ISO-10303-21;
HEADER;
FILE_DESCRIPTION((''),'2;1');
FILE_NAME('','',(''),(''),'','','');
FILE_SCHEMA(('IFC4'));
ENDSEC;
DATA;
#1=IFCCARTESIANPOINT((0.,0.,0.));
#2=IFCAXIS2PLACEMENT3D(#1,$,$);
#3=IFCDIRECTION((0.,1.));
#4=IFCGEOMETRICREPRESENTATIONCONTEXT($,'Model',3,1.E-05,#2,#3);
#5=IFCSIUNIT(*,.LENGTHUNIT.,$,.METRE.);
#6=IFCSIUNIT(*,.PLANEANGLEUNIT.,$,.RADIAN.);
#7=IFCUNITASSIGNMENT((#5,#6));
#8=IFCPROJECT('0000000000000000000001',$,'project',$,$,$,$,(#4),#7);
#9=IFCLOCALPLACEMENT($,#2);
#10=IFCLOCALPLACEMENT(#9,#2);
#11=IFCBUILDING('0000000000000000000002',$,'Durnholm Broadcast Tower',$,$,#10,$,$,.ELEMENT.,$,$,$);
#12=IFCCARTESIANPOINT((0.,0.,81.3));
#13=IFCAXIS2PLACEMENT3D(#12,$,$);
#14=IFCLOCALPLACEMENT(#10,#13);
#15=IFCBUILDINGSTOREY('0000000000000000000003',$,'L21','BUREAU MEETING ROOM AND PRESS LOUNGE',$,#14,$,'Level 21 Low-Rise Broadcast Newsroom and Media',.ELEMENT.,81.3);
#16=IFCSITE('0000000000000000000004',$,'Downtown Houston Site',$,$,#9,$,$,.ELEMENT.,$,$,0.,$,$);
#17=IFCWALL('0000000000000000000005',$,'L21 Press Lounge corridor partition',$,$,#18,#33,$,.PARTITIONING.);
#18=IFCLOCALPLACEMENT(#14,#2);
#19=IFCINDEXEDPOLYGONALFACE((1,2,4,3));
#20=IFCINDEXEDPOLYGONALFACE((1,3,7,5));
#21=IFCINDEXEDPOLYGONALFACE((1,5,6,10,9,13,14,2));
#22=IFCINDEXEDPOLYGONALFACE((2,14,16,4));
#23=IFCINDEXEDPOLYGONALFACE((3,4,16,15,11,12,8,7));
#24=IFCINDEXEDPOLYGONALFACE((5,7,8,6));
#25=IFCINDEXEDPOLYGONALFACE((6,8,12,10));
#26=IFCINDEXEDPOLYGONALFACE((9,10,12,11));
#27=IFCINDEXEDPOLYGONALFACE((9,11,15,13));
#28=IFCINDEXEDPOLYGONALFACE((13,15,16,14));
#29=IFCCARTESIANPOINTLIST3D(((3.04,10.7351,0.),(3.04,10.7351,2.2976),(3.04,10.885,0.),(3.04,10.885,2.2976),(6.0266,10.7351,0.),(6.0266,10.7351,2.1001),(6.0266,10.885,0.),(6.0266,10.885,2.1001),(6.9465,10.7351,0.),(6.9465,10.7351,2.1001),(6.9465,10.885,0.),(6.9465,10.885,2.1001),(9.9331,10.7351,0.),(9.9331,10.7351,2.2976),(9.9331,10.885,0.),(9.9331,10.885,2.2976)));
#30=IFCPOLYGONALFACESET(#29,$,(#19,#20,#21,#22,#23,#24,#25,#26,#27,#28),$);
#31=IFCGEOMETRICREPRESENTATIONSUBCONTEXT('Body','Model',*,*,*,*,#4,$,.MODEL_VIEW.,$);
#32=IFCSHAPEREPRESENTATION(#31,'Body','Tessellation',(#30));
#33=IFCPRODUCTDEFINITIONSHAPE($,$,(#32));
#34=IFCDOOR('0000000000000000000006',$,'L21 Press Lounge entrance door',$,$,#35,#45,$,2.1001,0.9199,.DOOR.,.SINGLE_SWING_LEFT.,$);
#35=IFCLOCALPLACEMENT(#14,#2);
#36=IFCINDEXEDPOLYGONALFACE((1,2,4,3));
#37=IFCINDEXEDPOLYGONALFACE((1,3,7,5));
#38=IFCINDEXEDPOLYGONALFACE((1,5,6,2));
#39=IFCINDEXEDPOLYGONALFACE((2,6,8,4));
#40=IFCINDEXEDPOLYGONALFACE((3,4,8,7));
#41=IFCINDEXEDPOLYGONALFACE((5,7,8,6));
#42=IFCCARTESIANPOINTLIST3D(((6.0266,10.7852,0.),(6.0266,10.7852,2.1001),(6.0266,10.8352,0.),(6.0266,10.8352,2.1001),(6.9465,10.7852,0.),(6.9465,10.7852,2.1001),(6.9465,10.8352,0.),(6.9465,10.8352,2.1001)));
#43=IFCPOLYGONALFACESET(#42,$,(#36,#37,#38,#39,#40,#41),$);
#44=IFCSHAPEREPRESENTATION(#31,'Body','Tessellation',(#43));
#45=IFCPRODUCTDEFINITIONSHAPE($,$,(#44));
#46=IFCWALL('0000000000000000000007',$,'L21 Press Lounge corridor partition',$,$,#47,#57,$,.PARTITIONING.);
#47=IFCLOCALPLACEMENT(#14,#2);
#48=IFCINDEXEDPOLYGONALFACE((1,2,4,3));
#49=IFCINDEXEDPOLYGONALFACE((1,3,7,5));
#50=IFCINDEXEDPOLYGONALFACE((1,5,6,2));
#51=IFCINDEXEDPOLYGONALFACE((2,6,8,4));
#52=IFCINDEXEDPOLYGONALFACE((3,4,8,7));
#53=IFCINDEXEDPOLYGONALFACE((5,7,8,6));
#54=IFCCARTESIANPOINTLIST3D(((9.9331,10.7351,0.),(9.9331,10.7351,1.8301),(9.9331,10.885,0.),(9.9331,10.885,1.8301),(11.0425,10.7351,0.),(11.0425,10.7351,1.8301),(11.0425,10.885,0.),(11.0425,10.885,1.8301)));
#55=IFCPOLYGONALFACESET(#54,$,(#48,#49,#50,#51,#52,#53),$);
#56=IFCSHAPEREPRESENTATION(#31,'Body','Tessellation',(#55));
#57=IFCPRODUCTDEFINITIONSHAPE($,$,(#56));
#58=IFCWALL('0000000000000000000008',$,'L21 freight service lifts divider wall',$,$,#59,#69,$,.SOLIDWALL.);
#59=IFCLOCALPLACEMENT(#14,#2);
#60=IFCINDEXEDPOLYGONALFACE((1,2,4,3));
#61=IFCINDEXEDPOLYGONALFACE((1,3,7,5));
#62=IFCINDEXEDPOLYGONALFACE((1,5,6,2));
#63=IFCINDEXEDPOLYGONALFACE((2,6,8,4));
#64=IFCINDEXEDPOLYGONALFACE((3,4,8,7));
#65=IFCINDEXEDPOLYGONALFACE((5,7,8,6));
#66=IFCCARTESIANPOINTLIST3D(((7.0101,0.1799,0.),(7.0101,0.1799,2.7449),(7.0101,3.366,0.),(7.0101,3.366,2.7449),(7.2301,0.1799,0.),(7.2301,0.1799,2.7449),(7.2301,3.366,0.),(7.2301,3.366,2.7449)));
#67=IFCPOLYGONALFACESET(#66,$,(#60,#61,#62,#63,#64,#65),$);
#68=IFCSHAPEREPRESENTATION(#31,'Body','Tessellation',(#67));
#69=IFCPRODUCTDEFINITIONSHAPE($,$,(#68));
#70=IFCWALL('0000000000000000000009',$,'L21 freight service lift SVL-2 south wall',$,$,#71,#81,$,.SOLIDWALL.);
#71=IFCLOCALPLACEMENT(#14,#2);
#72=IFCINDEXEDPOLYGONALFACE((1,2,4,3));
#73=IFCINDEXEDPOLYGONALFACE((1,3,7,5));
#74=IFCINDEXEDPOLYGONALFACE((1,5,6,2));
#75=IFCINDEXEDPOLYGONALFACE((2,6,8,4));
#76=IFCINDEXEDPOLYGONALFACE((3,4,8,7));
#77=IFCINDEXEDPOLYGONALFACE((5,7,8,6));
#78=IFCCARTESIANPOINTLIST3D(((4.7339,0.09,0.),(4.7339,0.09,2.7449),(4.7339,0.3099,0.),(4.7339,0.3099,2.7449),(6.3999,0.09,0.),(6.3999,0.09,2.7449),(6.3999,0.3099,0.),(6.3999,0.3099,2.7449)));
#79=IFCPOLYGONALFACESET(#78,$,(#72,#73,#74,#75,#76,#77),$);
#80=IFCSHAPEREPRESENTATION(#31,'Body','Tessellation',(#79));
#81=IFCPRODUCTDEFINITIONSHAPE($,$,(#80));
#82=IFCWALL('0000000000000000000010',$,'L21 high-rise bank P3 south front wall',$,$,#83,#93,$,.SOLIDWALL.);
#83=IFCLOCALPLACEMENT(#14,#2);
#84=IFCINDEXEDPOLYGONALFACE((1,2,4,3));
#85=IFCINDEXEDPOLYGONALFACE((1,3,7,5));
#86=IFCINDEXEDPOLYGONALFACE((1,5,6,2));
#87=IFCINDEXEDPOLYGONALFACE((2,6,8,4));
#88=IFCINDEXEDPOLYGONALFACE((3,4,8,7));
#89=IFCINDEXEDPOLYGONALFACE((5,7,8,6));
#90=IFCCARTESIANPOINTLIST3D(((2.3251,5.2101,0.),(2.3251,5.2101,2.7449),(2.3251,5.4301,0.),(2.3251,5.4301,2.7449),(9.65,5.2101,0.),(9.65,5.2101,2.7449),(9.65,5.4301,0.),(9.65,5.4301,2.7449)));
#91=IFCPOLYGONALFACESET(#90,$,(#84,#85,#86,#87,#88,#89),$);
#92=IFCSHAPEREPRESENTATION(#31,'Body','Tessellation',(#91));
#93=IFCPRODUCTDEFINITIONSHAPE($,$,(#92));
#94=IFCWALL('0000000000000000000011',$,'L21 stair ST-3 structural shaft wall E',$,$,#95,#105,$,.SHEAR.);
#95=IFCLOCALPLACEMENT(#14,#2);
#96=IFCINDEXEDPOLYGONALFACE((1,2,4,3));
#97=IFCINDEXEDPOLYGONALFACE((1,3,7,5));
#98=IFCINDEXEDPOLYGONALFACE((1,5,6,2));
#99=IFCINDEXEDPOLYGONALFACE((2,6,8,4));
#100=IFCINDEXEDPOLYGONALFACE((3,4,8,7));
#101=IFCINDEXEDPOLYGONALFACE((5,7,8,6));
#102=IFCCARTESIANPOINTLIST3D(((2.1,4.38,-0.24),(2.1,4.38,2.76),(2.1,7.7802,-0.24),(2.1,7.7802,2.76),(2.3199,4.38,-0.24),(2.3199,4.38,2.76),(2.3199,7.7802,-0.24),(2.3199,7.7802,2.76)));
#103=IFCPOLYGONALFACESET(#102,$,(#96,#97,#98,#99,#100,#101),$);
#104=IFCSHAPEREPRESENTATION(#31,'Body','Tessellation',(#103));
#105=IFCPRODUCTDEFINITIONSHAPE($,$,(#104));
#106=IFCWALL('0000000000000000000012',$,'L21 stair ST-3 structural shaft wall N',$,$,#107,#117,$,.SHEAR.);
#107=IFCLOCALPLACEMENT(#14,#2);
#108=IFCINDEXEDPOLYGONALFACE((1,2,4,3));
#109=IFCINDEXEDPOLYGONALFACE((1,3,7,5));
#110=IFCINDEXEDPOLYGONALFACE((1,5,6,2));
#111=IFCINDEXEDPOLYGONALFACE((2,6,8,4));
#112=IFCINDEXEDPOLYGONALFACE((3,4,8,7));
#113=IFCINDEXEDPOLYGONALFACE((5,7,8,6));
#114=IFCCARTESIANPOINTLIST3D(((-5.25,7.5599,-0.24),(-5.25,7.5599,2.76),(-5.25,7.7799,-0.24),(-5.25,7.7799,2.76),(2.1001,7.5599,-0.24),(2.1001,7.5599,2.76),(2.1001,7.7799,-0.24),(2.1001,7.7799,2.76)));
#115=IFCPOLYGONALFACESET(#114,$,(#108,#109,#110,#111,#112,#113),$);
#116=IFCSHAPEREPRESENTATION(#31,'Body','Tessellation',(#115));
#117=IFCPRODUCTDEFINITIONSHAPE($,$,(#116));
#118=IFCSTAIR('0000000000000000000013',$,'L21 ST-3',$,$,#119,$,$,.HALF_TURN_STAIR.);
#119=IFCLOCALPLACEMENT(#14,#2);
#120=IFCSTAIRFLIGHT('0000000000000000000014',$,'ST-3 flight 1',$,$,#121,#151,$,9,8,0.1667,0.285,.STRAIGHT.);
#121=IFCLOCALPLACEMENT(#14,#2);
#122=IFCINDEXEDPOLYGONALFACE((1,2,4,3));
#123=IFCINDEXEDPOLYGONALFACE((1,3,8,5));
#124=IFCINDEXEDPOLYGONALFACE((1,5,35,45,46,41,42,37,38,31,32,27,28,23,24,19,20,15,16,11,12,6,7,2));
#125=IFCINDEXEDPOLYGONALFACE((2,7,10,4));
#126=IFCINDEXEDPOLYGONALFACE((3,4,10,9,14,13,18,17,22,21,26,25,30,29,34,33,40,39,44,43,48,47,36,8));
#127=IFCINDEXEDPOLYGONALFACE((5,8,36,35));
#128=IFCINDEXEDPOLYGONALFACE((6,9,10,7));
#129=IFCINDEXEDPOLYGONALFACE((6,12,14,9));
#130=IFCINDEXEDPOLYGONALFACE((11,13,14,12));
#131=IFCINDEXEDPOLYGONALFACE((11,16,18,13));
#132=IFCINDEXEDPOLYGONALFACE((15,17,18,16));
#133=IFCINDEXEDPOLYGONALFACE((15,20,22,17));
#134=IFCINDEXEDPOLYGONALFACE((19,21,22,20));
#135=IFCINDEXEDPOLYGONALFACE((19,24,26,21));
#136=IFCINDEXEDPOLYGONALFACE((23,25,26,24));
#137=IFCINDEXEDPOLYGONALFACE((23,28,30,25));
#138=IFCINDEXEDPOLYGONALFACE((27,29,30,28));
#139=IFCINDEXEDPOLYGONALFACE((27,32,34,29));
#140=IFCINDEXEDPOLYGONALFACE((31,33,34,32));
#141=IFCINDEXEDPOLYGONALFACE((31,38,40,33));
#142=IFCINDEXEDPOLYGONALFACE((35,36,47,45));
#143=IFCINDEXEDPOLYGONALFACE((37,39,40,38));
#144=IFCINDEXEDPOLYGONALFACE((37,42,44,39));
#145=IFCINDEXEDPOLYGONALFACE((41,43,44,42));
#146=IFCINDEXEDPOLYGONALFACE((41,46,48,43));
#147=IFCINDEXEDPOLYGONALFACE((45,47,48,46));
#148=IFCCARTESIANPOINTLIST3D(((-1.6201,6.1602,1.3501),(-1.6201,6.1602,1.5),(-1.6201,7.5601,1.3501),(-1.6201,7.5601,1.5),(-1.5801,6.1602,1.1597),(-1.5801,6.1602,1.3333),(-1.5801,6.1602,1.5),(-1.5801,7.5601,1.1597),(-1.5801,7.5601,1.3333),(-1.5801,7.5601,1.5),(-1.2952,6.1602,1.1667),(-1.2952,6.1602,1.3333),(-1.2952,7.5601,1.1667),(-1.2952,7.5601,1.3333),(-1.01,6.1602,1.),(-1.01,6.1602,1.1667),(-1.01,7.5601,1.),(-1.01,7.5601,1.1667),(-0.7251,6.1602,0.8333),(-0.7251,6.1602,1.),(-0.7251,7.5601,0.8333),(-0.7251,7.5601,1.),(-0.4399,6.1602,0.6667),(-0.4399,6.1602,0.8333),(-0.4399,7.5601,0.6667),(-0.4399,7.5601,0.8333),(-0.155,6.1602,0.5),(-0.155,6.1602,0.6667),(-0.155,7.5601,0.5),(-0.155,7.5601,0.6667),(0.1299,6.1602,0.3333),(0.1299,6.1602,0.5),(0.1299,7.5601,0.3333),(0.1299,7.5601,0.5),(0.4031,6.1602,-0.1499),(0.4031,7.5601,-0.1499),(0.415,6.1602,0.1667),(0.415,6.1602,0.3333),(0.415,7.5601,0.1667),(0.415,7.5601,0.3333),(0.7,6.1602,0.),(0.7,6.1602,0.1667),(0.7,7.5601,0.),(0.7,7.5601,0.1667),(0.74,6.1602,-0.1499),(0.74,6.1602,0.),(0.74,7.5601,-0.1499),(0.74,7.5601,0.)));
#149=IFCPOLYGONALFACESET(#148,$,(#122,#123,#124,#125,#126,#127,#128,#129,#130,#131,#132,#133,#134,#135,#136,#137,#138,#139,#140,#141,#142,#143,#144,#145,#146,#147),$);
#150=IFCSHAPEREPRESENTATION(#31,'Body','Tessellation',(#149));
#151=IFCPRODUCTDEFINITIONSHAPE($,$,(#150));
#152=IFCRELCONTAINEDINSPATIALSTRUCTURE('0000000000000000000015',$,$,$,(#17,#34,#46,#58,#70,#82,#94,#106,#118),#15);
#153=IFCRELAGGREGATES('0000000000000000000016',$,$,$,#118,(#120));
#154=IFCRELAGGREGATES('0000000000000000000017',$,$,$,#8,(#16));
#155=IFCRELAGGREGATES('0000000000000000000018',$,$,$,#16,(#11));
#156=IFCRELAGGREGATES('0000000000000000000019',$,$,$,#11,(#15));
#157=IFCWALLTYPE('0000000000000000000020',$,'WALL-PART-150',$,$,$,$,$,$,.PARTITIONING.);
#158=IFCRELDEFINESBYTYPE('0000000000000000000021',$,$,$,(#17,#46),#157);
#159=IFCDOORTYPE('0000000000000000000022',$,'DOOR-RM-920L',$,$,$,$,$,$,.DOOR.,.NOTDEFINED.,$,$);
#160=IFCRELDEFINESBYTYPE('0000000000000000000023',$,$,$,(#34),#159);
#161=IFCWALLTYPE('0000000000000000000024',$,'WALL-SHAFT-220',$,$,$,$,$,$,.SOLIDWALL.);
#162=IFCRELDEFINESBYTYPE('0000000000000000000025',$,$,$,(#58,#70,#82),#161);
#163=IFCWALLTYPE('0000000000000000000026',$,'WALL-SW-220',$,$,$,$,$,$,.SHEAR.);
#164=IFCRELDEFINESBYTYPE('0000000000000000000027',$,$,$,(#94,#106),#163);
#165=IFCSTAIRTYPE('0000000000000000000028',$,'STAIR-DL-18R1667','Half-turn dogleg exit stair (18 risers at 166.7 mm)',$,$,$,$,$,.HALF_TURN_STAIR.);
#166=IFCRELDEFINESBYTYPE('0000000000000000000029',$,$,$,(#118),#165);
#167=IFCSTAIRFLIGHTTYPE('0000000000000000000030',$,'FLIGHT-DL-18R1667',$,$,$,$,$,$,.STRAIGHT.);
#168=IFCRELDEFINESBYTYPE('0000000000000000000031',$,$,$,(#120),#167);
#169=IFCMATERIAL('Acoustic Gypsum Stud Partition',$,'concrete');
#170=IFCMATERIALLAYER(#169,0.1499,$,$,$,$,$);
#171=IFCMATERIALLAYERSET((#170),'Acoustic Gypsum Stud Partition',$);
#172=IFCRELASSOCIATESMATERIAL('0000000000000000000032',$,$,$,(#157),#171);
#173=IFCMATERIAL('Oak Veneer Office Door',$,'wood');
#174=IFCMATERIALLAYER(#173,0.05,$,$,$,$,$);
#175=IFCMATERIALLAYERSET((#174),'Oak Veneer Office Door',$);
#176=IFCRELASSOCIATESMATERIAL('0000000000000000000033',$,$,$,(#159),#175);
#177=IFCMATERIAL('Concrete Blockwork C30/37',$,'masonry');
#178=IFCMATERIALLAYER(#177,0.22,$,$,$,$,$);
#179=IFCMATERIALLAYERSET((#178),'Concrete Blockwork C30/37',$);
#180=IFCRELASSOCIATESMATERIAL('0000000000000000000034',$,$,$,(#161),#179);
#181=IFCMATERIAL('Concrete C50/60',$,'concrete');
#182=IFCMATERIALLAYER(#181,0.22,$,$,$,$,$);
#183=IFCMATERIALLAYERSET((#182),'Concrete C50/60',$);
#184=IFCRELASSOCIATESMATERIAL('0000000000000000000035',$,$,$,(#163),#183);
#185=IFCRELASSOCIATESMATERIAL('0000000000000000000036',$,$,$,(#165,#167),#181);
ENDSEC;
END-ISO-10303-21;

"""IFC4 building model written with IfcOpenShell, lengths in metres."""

from ifc_helpers import new_model, si_unit, direction, frame, frame_2d, origin, place, context, subcontext, project, spatial, polyline, rectangle, outline, extrude, source, transform, mapped, material, layer, layer_set, type_object, type_shapes, element, fill, aggregate, save


model = new_model("IFC4")

# Units and contexts
model_context = context("Model", 3, precision=1e-05, world=origin(), true_north=direction((0.0, 1.0)))
body_context = subcontext(model_context, "Body", "Model", "MODEL_VIEW")
ifc_project = project(units=[si_unit("LENGTHUNIT", "METRE"), si_unit("PLANEANGLEUNIT", "RADIAN")], contexts=[model_context])

# Site, building, storey
site_placement = place(None, origin())
site = spatial("IfcSite", under=ifc_project, at=site_placement, Name="Downtown Houston Site", CompositionType="ELEMENT", RefElevation=0.0)
building_placement = place(site_placement, origin())
building = spatial("IfcBuilding", under=site, at=building_placement, Name="Durnholm Broadcast Tower", CompositionType="ELEMENT")
storey_placement = place(building_placement, frame((0.0, 0.0, 81.3)))
storey = spatial("IfcBuildingStorey", under=building, at=storey_placement, Name="L21", Description="BUREAU MEETING ROOM AND PRESS LOUNGE", LongName="Level 21 Low-Rise Broadcast Newsroom and Media", CompositionType="ELEMENT", Elevation=81.3)

# Wall, opening, door
ifc_material_1 = material(Name="Acoustic Gypsum Stud Partition", Category="concrete")
ifc_layer_1 = layer(ifc_material_1, 0.1499)
ifc_layer_set_1 = layer_set([ifc_layer_1], Name="Acoustic Gypsum Stud Partition")
wall_type_1 = type_object("IfcWallType", Name="WALL-PART-150", PredefinedType="PARTITIONING", material=ifc_layer_set_1)
wall_1_placement = place(storey_placement, frame((9.9331, 10.8101, 0.0), z_axis=(0.0, 0.0, 1.0), x_axis=(-1.0, 0.0, 0.0)))
wall_1 = element("IfcWall", 1, at=wall_1_placement, inside=storey, type_object=wall_type_1, Name="L21 Press Lounge corridor partition", PredefinedType="PARTITIONING", context=body_context, shape_type="SweptSolid", body=[
    extrude(rectangle(XDim=6.8931, YDim=0.1499, at=frame_2d((3.4465, 0.0))), origin(), (0.0, 0.0, 1.0), 2.2976),
])
opening_1_placement = place(wall_1_placement, frame((2.9866, 0.0, 0.0)))
opening_1 = element("IfcOpeningElement", 2, at=opening_1_placement, cuts=wall_1, PredefinedType="OPENING", context=body_context, shape_type="SweptSolid", body=[
    extrude(rectangle(XDim=0.9199, YDim=2.1001, at=frame_2d((0.46, 1.05))), frame((0.0, 0.085, 0.0), z_axis=(0.0, -1.0, 0.0), x_axis=(1.0, 0.0, 0.0)), (0.0, 0.0, 1.0), 0.1699),
])
ifc_material_2 = material(Name="Oak Veneer Office Door", Category="wood")
ifc_layer_2 = layer(ifc_material_2, 0.05)
ifc_layer_set_2 = layer_set([ifc_layer_2], Name="Oak Veneer Office Door")
door_type_1 = type_object("IfcDoorType", Name="DOOR-RM-920L", OperationType="NOTDEFINED", PredefinedType="DOOR", material=ifc_layer_set_2)
shared_shape_1 = source(origin(), body_context, "Body", "SweptSolid", [
    extrude(rectangle(XDim=0.9199, YDim=2.1001, at=frame_2d((0.46, 1.05))), frame((0.0, 0.0249, 0.0), z_axis=(0.0, -1.0, 0.0), x_axis=(1.0, 0.0, 0.0)), (0.0, 0.0, 1.0), 0.05),
])
type_shapes(door_type_1, [shared_shape_1])
door_1_placement = place(opening_1_placement, origin())
door_1 = element("IfcDoor", 3, at=door_1_placement, inside=storey, type_object=door_type_1, Name="L21 Press Lounge entrance door", OperationType="SINGLE_SWING_LEFT", OverallHeight=2.1001, OverallWidth=0.9199, PredefinedType="DOOR", context=body_context, shape_type="MappedRepresentation", body=[
    mapped(shared_shape_1, transform((0.0, 0.0, 0.0), x_axis=(1.0, 0.0, 0.0), y_axis=(0.0, 1.0, 0.0), z_axis=(0.0, 0.0, 1.0), scale=1.0)),
])
fill(opening_1, door_1)

# Wall
wall_2_placement = place(storey_placement, frame((11.0425, 10.8101, 0.0), z_axis=(0.0, 0.0, 1.0), x_axis=(-1.0, 0.0, 0.0)))
element("IfcWall", 4, at=wall_2_placement, inside=storey, type_object=wall_type_1, Name="L21 Press Lounge corridor partition", PredefinedType="PARTITIONING", context=body_context, shape_type="SweptSolid", body=[
    extrude(rectangle(XDim=1.1094, YDim=0.1499, at=frame_2d((0.5547, 0.0))), origin(), (0.0, 0.0, 1.0), 1.8301),
])

# Shared definitions
ifc_material_3 = material(Name="Concrete Blockwork C30/37", Category="masonry")
ifc_layer_3 = layer(ifc_material_3, 0.22)
ifc_layer_set_3 = layer_set([ifc_layer_3], Name="Concrete Blockwork C30/37")
wall_type_2 = type_object("IfcWallType", Name="WALL-SHAFT-220", PredefinedType="SOLIDWALL", material=ifc_layer_set_3)

# Walls
wall_3_placement = place(storey_placement, frame((7.1201, 0.1799, 0.0), z_axis=(0.0, 0.0, 1.0), x_axis=(0.0, 1.0, 0.0)))
element("IfcWall", 5, at=wall_3_placement, inside=storey, type_object=wall_type_2, Name="L21 freight service lifts divider wall", PredefinedType="SOLIDWALL", context=body_context, shape_type="SweptSolid", body=[
    extrude(rectangle(XDim=3.186, YDim=0.22, at=frame_2d((1.593, 0.0))), origin(), (0.0, 0.0, 1.0), 2.7449),
])
wall_4_placement = place(storey_placement, frame((4.7339, 0.2, 0.0), z_axis=(0.0, 0.0, 1.0), x_axis=(1.0, 0.0, 0.0)))
element("IfcWall", 6, at=wall_4_placement, inside=storey, type_object=wall_type_2, Name="L21 freight service lift SVL-2 south wall", PredefinedType="SOLIDWALL", context=body_context, shape_type="SweptSolid", body=[
    extrude(rectangle(XDim=1.666, YDim=0.22, at=frame_2d((0.833, 0.0))), origin(), (0.0, 0.0, 1.0), 2.7449),
])
wall_5_placement = place(storey_placement, frame((2.325, 5.3201, 0.0), z_axis=(0.0, 0.0, 1.0), x_axis=(1.0, 0.0, 0.0)))
element("IfcWall", 7, at=wall_5_placement, inside=storey, type_object=wall_type_2, Name="L21 high-rise bank P3 south front wall", PredefinedType="SOLIDWALL", context=body_context, shape_type="SweptSolid", body=[
    extrude(rectangle(XDim=7.325, YDim=0.22, at=frame_2d((3.6626, 0.0))), origin(), (0.0, 0.0, 1.0), 2.7449),
])
ifc_material_4 = material(Name="Concrete C50/60", Category="concrete")
ifc_layer_4 = layer(ifc_material_4, 0.22)
ifc_layer_set_4 = layer_set([ifc_layer_4], Name="Concrete C50/60")
wall_type_3 = type_object("IfcWallType", Name="WALL-SW-220", PredefinedType="SHEAR", material=ifc_layer_set_4)
wall_6_placement = place(storey_placement, frame((2.21, 4.3799, -0.24), z_axis=(0.0, 0.0, 1.0), x_axis=(0.0, 1.0, 0.0)))
element("IfcWall", 8, at=wall_6_placement, inside=storey, type_object=wall_type_3, Name="L21 stair ST-3 structural shaft wall E", PredefinedType="SHEAR", context=body_context, shape_type="SweptSolid", body=[
    extrude(rectangle(XDim=3.4001, YDim=0.22, at=frame_2d((1.7002, 0.0))), origin(), (0.0, 0.0, 1.0), 3.0),
])
wall_7_placement = place(storey_placement, frame((2.1001, 7.6699, -0.24), z_axis=(0.0, 0.0, 1.0), x_axis=(-1.0, 0.0, 0.0)))
element("IfcWall", 9, at=wall_7_placement, inside=storey, type_object=wall_type_3, Name="L21 stair ST-3 structural shaft wall N", PredefinedType="SHEAR", context=body_context, shape_type="SweptSolid", body=[
    extrude(rectangle(XDim=7.3501, YDim=0.22, at=frame_2d((3.675, 0.0))), origin(), (0.0, 0.0, 1.0), 3.0),
])

# Stair, stair flight
stair_type = type_object("IfcStairType", Name="STAIR-DL-18R1667", Description="Half-turn dogleg exit stair (18 risers at 166.7 mm)", PredefinedType="HALF_TURN_STAIR", material=ifc_material_4)
stair_placement = place(storey_placement, origin())
stair = element("IfcStair", 10, at=stair_placement, inside=storey, type_object=stair_type, Name="L21 ST-3", PredefinedType="HALF_TURN_STAIR")
stair_flight_type = type_object("IfcStairFlightType", Name="FLIGHT-DL-18R1667", PredefinedType="STRAIGHT", material=ifc_material_4)
stair_flight_placement = place(storey_placement, frame((0.7, 6.8601, 0.0), z_axis=(0.0, 0.0, 1.0), x_axis=(-1.0, 0.0, 0.0)))
stair_flight = element("IfcStairFlight", 11, at=stair_flight_placement, type_object=stair_flight_type, Name="ST-3 flight 1", NumberOfRisers=9, NumberOfTreads=8, PredefinedType="STRAIGHT", RiserHeight=0.1667, TreadLength=0.285, context=body_context, shape_type="SweptSolid", body=[
    extrude(outline(polyline([(-0.04, -0.1499), (-0.04, 0.0), (0.0, 0.0), (0.0, 0.1667), (0.2849, 0.1667), (0.2849, 0.3333), (0.5701, 0.3333), (0.5701, 0.5), (0.855, 0.5), (0.855, 0.6667), (1.1399, 0.6667), (1.1399, 0.8333), (1.425, 0.8333), (1.425, 1.0), (1.71, 1.0), (1.71, 1.1667), (1.9951, 1.1667), (1.9951, 1.3333), (2.28, 1.3333), (2.28, 1.5), (2.3201, 1.5), (2.3201, 1.3501), (2.28, 1.1597), (0.2969, -0.1499), (-0.04, -0.1499)])), frame((0.0, 0.7, 0.0), z_axis=(0.0, -1.0, 0.0), x_axis=(1.0, 0.0, 0.0)), (0.0, 0.0, 1.0), 1.3999),
])
aggregate(stair, [stair_flight])

save(model, "model.ifc")
